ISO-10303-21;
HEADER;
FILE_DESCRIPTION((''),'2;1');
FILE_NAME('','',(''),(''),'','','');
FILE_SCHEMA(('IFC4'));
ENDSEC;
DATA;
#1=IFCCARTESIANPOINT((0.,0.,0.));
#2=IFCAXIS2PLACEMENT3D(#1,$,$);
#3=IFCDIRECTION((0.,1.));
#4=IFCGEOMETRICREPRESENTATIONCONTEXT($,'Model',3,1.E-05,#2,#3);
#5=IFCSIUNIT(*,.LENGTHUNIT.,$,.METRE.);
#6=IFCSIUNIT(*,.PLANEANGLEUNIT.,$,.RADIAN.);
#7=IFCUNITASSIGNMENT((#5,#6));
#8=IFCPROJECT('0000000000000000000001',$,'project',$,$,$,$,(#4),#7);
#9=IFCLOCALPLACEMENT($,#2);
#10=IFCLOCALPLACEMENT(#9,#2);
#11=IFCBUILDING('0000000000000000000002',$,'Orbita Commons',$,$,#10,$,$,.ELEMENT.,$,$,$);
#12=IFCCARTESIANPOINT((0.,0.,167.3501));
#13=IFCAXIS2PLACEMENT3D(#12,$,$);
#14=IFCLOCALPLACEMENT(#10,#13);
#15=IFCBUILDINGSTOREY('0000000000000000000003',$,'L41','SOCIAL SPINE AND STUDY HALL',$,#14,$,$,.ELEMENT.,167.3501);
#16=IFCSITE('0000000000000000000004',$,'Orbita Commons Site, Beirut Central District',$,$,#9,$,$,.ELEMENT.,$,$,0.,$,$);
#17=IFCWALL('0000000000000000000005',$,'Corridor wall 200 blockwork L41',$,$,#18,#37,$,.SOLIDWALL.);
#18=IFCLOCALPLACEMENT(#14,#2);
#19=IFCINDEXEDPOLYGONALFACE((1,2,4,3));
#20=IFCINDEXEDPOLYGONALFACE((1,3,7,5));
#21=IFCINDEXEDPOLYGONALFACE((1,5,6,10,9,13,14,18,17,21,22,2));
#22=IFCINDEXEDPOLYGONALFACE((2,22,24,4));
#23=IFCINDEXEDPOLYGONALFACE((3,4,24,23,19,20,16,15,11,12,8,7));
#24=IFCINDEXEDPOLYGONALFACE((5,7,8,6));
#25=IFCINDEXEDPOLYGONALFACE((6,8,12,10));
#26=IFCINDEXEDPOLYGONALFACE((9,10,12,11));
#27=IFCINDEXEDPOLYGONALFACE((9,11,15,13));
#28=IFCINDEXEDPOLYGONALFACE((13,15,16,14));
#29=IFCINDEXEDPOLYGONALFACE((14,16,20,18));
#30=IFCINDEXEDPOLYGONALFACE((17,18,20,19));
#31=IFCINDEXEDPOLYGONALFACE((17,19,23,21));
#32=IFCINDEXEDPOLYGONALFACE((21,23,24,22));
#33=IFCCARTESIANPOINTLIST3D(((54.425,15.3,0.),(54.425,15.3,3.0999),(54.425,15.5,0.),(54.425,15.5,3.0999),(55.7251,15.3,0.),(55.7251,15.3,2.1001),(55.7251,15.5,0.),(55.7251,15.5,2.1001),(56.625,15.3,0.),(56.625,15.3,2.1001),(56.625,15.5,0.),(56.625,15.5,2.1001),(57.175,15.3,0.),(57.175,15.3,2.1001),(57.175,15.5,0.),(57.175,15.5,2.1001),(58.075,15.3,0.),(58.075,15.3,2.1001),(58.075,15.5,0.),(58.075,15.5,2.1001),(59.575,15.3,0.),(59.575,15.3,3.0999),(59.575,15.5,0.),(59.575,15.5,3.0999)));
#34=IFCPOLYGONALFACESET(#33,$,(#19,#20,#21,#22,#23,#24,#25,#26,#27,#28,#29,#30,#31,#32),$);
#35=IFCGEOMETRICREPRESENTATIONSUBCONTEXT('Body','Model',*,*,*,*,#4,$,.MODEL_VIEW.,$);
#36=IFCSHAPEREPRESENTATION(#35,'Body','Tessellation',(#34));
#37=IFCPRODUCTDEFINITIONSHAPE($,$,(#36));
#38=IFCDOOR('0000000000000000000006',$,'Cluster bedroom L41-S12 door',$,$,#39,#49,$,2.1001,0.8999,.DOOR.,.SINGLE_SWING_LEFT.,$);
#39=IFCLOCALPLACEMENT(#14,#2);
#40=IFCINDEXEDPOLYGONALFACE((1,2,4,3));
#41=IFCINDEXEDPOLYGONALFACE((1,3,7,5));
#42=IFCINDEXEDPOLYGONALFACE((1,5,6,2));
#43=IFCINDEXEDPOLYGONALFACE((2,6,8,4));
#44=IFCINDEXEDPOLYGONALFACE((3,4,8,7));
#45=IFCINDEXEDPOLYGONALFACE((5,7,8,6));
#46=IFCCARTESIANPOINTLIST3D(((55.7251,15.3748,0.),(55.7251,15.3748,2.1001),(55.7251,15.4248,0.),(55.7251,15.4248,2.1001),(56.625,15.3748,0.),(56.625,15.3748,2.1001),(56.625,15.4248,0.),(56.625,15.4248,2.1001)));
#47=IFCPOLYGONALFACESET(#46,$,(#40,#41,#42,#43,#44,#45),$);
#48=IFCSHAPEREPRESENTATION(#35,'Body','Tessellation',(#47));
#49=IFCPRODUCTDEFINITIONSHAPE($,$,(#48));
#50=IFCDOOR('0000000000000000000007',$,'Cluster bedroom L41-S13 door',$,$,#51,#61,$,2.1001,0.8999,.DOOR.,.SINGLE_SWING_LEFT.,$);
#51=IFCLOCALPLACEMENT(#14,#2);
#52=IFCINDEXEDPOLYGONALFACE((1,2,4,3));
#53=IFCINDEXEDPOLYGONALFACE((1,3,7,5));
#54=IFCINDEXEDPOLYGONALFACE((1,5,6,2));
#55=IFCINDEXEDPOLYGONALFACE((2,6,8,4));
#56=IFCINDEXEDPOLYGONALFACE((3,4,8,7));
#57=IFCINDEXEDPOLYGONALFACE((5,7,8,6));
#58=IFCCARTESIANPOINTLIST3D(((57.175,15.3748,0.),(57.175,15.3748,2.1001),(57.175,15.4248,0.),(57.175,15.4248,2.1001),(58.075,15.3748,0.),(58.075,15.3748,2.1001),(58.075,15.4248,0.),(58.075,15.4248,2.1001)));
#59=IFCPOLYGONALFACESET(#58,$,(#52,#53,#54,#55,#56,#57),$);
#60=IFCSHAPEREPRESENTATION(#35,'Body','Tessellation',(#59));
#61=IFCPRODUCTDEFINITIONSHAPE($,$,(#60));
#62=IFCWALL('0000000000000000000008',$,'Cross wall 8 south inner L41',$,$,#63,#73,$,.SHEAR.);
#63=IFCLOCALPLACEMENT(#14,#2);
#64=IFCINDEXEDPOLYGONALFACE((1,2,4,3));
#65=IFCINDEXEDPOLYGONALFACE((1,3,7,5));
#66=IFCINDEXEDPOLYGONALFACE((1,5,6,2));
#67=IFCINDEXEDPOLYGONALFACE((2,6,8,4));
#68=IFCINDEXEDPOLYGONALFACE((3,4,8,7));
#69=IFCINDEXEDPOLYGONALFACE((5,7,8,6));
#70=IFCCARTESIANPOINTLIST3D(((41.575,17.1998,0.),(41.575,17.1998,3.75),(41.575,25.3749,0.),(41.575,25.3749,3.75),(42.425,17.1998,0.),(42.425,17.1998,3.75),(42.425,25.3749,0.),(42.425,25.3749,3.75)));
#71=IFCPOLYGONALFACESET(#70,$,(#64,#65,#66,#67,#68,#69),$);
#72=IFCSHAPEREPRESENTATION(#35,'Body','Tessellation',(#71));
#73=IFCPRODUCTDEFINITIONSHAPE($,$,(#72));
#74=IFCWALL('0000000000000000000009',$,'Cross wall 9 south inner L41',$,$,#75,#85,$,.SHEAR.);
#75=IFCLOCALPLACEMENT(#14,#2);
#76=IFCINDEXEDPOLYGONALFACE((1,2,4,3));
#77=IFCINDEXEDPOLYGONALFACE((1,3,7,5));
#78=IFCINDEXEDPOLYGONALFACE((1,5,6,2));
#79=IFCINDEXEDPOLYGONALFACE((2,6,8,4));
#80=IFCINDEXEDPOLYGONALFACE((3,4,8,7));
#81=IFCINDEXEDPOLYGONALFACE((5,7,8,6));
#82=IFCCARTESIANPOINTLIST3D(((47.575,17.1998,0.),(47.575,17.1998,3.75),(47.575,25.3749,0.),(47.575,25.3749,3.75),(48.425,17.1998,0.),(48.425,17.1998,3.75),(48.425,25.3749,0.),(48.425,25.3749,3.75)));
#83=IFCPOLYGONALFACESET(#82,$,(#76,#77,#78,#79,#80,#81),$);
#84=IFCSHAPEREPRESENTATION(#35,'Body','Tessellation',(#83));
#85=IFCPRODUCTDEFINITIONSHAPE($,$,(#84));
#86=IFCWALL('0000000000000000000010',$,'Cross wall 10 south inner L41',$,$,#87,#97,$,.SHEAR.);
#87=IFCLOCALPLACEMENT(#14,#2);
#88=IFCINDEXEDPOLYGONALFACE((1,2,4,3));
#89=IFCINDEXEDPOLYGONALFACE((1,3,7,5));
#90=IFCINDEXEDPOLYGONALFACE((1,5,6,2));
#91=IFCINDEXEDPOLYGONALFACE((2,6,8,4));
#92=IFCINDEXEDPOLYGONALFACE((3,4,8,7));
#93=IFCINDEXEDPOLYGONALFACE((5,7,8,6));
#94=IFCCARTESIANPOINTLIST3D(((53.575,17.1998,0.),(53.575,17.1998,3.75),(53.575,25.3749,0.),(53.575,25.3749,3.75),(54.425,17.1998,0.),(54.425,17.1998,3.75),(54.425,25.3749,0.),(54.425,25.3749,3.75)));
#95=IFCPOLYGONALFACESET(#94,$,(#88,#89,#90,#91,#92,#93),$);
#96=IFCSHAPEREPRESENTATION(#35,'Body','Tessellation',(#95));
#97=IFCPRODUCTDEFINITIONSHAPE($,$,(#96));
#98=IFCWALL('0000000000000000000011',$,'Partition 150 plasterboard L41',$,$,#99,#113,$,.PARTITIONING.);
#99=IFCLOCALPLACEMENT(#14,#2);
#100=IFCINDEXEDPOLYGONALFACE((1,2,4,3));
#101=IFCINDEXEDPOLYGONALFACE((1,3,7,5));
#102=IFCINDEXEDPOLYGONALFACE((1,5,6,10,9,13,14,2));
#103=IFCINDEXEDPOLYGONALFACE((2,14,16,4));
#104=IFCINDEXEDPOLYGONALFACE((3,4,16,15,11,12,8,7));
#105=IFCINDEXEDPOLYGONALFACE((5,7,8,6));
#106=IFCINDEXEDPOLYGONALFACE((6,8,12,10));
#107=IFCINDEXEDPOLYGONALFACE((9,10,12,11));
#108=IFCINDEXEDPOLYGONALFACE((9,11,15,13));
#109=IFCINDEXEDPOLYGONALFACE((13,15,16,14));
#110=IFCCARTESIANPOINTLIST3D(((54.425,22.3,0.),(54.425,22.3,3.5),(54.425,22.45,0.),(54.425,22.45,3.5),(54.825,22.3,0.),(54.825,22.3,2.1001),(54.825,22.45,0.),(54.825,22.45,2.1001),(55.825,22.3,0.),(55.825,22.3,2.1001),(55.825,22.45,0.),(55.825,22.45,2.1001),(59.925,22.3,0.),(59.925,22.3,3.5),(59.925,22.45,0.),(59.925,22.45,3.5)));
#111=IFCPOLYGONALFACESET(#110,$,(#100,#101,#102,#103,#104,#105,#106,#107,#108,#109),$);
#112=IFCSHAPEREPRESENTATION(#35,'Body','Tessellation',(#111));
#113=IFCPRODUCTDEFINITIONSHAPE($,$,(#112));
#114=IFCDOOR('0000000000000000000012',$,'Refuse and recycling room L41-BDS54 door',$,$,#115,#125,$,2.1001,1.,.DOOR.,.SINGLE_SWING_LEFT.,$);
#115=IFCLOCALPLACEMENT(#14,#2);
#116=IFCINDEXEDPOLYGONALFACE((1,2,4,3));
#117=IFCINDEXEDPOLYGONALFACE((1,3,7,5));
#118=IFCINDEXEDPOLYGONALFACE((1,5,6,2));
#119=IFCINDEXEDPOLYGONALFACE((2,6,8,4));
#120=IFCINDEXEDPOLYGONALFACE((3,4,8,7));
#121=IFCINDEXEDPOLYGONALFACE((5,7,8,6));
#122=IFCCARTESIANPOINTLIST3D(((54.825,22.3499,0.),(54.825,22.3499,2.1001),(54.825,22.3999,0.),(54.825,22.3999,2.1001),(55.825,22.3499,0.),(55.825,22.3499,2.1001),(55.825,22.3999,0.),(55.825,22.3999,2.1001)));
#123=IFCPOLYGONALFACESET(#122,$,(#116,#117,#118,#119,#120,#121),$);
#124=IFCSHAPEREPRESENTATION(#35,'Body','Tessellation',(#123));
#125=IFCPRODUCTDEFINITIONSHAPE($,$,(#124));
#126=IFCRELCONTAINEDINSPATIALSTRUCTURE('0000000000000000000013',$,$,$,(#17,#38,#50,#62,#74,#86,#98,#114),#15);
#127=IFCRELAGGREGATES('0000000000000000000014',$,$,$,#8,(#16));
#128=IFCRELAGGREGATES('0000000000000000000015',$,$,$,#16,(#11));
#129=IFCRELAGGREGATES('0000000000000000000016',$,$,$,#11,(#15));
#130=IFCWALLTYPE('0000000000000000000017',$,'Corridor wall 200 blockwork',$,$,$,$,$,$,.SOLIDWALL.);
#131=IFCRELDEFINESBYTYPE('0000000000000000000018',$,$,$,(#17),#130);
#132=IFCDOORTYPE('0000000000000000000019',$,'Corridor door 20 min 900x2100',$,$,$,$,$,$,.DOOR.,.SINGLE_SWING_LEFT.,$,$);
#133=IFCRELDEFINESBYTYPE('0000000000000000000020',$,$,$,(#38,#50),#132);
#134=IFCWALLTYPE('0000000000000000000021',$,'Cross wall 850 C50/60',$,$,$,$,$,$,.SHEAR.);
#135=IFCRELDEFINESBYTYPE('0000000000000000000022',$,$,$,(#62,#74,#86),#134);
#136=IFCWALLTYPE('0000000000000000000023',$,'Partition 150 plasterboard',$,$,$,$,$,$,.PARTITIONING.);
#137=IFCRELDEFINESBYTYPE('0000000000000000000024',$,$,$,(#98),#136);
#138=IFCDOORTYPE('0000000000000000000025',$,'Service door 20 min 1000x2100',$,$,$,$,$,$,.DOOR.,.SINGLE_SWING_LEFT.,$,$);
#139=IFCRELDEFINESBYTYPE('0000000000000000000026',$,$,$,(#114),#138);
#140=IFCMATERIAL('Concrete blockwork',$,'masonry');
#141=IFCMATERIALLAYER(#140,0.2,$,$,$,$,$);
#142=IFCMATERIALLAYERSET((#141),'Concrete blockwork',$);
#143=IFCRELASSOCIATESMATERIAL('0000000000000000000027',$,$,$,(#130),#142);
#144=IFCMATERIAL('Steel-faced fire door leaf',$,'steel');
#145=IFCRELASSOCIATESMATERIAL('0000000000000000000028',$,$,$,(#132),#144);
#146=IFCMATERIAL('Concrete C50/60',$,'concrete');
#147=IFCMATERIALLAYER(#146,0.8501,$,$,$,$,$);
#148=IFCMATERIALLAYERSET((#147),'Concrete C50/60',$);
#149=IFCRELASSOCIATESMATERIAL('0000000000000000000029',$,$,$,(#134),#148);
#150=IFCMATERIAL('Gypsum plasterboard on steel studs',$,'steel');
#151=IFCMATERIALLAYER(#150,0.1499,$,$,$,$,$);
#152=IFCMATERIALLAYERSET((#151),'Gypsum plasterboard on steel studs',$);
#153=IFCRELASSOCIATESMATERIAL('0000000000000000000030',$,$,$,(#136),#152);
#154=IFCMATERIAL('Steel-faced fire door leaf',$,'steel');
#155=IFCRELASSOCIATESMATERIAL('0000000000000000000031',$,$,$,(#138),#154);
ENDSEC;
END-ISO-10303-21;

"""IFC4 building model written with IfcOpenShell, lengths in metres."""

from ifc_helpers import new_model, si_unit, direction, frame, frame_2d, origin, place, context, subcontext, project, spatial, polyline, rectangle, outline, extrude, material, layer, layer_set, type_object, element, fill, save


model = new_model("IFC4")

# Units and contexts
model_context = context("Model", 3, precision=1e-05, world=origin(), true_north=direction((0.0, 1.0)))
body_context = subcontext(model_context, "Body", "Model", "MODEL_VIEW")
ifc_project = project(units=[si_unit("LENGTHUNIT", "METRE"), si_unit("PLANEANGLEUNIT", "RADIAN")], contexts=[model_context])

# Site, building, storey
site_placement = place(None, origin())
site = spatial("IfcSite", under=ifc_project, at=site_placement, Name="Orbita Commons Site, Beirut Central District", CompositionType="ELEMENT", RefElevation=0.0)
building_placement = place(site_placement, origin())
building = spatial("IfcBuilding", under=site, at=building_placement, Name="Orbita Commons", CompositionType="ELEMENT")
storey_placement = place(building_placement, frame((0.0, 0.0, 167.3501)))
storey = spatial("IfcBuildingStorey", under=building, at=storey_placement, Name="L41", Description="SOCIAL SPINE AND STUDY HALL", CompositionType="ELEMENT", Elevation=167.3501)

# Shared definitions
ifc_material_1 = material(Name="Concrete blockwork", Category="masonry")
ifc_layer_1 = layer(ifc_material_1, 0.2)
ifc_layer_set_1 = layer_set([ifc_layer_1], Name="Concrete blockwork")
wall_type_1 = type_object("IfcWallType", Name="Corridor wall 200 blockwork", PredefinedType="SOLIDWALL", material=ifc_layer_set_1)
ifc_material_2 = material(Name="Steel-faced fire door leaf", Category="steel")
door_type_1 = type_object("IfcDoorType", Name="Corridor door 20 min 900x2100", OperationType="SINGLE_SWING_LEFT", PredefinedType="DOOR", material=ifc_material_2)

# Wall, openings, doors
wall_1_placement = place(storey_placement, frame((54.425, 15.3999, 0.0), z_axis=(0.0, 0.0, 1.0), x_axis=(1.0, 0.0, 0.0)))
wall_1 = element("IfcWall", 1, at=wall_1_placement, inside=storey, type_object=wall_type_1, Name="Corridor wall 200 blockwork L41", PredefinedType="SOLIDWALL", context=body_context, shape_type="SweptSolid", body=[
    extrude(outline(polyline([(0.0, 0.0), (5.1499, 0.0), (5.1499, 3.0999), (0.0, 3.0999), (0.0, 0.0)])), frame((0.0, 0.1001, 0.0), z_axis=(0.0, -1.0, 0.0), x_axis=(1.0, 0.0, 0.0)), (0.0, 0.0, 1.0), 0.2),
])
opening_1_placement = place(wall_1_placement, frame((1.3, 0.0, 0.0)))
opening_1 = element("IfcOpeningElement", 2, at=opening_1_placement, cuts=wall_1, PredefinedType="OPENING", context=body_context, shape_type="SweptSolid", body=[
    extrude(rectangle(XDim=0.8999, YDim=2.1001, at=frame_2d((0.45, 1.05))), frame((0.0, 0.1099, 0.0), z_axis=(0.0, -1.0, 0.0), x_axis=(1.0, 0.0, 0.0)), (0.0, 0.0, 1.0), 0.22),
])
opening_2_placement = place(wall_1_placement, frame((2.75, 0.0, 0.0)))
opening_2 = element("IfcOpeningElement", 3, at=opening_2_placement, cuts=wall_1, PredefinedType="OPENING", context=body_context, shape_type="SweptSolid", body=[
    extrude(rectangle(XDim=0.8999, YDim=2.1001, at=frame_2d((0.45, 1.05))), frame((0.0, 0.1099, 0.0), z_axis=(0.0, -1.0, 0.0), x_axis=(1.0, 0.0, 0.0)), (0.0, 0.0, 1.0), 0.22),
])
door_1_placement = place(opening_1_placement, origin())
door_1 = element("IfcDoor", 4, at=door_1_placement, inside=storey, type_object=door_type_1, Name="Cluster bedroom L41-S12 door", OperationType="SINGLE_SWING_LEFT", OverallHeight=2.1001, OverallWidth=0.8999, PredefinedType="DOOR", context=body_context, shape_type="SweptSolid", body=[
    extrude(rectangle(XDim=0.8999, YDim=2.1001, at=frame_2d((0.45, 1.05))), frame((0.0, 0.0249, 0.0), z_axis=(0.0, -1.0, 0.0), x_axis=(1.0, 0.0, 0.0)), (0.0, 0.0, 1.0), 0.05),
])
fill(opening_1, door_1)
door_2_placement = place(opening_2_placement, origin())
door_2 = element("IfcDoor", 5, at=door_2_placement, inside=storey, type_object=door_type_1, Name="Cluster bedroom L41-S13 door", OperationType="SINGLE_SWING_LEFT", OverallHeight=2.1001, OverallWidth=0.8999, PredefinedType="DOOR", context=body_context, shape_type="SweptSolid", body=[
    extrude(rectangle(XDim=0.8999, YDim=2.1001, at=frame_2d((0.45, 1.05))), frame((0.0, 0.0249, 0.0), z_axis=(0.0, -1.0, 0.0), x_axis=(1.0, 0.0, 0.0)), (0.0, 0.0, 1.0), 0.05),
])
fill(opening_2, door_2)

# Walls
ifc_material_3 = material(Name="Concrete C50/60", Category="concrete")
ifc_layer_2 = layer(ifc_material_3, 0.8501)
ifc_layer_set_2 = layer_set([ifc_layer_2], Name="Concrete C50/60")
wall_type_2 = type_object("IfcWallType", Name="Cross wall 850 C50/60", PredefinedType="SHEAR", material=ifc_layer_set_2)
for number, where, z_axis, x_axis, name in (
    (6, (42.0, 17.2, 0.0), (0.0, 0.0, 1.0), (0.0, 1.0, 0.0), "Cross wall 8 south inner L41"),
    (7, (48.0, 17.2, 0.0), (0.0, 0.0, 1.0), (0.0, 1.0, 0.0), "Cross wall 9 south inner L41"),
    (8, (54.0, 17.2, 0.0), (0.0, 0.0, 1.0), (0.0, 1.0, 0.0), "Cross wall 10 south inner L41"),
):
    element("IfcWall", number, at=place(storey_placement, frame(where, z_axis=z_axis, x_axis=x_axis)), inside=storey, type_object=wall_type_2, Name=name, PredefinedType="SHEAR", context=body_context, shape_type="SweptSolid", body=[
        extrude(rectangle(XDim=8.175, YDim=0.8501, at=frame_2d((4.0874, 0.0))), origin(), (0.0, 0.0, 1.0), 3.75),
    ])

# Wall, opening, door
ifc_material_4 = material(Name="Gypsum plasterboard on steel studs", Category="steel")
ifc_layer_3 = layer(ifc_material_4, 0.1499)
ifc_layer_set_3 = layer_set([ifc_layer_3], Name="Gypsum plasterboard on steel studs")
wall_type_3 = type_object("IfcWallType", Name="Partition 150 plasterboard", PredefinedType="PARTITIONING", material=ifc_layer_set_3)
wall_2_placement = place(storey_placement, frame((54.425, 22.375, 0.0), z_axis=(0.0, 0.0, 1.0), x_axis=(1.0, 0.0, 0.0)))
wall_2 = element("IfcWall", 9, at=wall_2_placement, inside=storey, type_object=wall_type_3, Name="Partition 150 plasterboard L41", PredefinedType="PARTITIONING", context=body_context, shape_type="SweptSolid", body=[
    extrude(rectangle(XDim=5.5, YDim=0.1499, at=frame_2d((2.75, 0.0))), origin(), (0.0, 0.0, 1.0), 3.5),
])
opening_3_placement = place(wall_2_placement, frame((0.3999, 0.0, 0.0)))
opening_3 = element("IfcOpeningElement", 10, at=opening_3_placement, cuts=wall_2, PredefinedType="OPENING", context=body_context, shape_type="SweptSolid", body=[
    extrude(rectangle(XDim=1.0, YDim=2.1001, at=frame_2d((0.5, 1.05))), frame((0.0, 0.085, 0.0), z_axis=(0.0, -1.0, 0.0), x_axis=(1.0, 0.0, 0.0)), (0.0, 0.0, 1.0), 0.1699),
])
ifc_material_5 = material(Name="Steel-faced fire door leaf", Category="steel")
door_type_2 = type_object("IfcDoorType", Name="Service door 20 min 1000x2100", OperationType="SINGLE_SWING_LEFT", PredefinedType="DOOR", material=ifc_material_5)
door_3_placement = place(opening_3_placement, origin())
door_3 = element("IfcDoor", 11, at=door_3_placement, inside=storey, type_object=door_type_2, Name="Refuse and recycling room L41-BDS54 door", OperationType="SINGLE_SWING_LEFT", OverallHeight=2.1001, OverallWidth=1.0, PredefinedType="DOOR", context=body_context, shape_type="SweptSolid", body=[
    extrude(rectangle(XDim=1.0, YDim=2.1001, at=frame_2d((0.5, 1.05))), frame((0.0, 0.0249, 0.0), z_axis=(0.0, -1.0, 0.0), x_axis=(1.0, 0.0, 0.0)), (0.0, 0.0, 1.0), 0.05),
])
fill(opening_3, door_3)

save(model, "model.ifc")
